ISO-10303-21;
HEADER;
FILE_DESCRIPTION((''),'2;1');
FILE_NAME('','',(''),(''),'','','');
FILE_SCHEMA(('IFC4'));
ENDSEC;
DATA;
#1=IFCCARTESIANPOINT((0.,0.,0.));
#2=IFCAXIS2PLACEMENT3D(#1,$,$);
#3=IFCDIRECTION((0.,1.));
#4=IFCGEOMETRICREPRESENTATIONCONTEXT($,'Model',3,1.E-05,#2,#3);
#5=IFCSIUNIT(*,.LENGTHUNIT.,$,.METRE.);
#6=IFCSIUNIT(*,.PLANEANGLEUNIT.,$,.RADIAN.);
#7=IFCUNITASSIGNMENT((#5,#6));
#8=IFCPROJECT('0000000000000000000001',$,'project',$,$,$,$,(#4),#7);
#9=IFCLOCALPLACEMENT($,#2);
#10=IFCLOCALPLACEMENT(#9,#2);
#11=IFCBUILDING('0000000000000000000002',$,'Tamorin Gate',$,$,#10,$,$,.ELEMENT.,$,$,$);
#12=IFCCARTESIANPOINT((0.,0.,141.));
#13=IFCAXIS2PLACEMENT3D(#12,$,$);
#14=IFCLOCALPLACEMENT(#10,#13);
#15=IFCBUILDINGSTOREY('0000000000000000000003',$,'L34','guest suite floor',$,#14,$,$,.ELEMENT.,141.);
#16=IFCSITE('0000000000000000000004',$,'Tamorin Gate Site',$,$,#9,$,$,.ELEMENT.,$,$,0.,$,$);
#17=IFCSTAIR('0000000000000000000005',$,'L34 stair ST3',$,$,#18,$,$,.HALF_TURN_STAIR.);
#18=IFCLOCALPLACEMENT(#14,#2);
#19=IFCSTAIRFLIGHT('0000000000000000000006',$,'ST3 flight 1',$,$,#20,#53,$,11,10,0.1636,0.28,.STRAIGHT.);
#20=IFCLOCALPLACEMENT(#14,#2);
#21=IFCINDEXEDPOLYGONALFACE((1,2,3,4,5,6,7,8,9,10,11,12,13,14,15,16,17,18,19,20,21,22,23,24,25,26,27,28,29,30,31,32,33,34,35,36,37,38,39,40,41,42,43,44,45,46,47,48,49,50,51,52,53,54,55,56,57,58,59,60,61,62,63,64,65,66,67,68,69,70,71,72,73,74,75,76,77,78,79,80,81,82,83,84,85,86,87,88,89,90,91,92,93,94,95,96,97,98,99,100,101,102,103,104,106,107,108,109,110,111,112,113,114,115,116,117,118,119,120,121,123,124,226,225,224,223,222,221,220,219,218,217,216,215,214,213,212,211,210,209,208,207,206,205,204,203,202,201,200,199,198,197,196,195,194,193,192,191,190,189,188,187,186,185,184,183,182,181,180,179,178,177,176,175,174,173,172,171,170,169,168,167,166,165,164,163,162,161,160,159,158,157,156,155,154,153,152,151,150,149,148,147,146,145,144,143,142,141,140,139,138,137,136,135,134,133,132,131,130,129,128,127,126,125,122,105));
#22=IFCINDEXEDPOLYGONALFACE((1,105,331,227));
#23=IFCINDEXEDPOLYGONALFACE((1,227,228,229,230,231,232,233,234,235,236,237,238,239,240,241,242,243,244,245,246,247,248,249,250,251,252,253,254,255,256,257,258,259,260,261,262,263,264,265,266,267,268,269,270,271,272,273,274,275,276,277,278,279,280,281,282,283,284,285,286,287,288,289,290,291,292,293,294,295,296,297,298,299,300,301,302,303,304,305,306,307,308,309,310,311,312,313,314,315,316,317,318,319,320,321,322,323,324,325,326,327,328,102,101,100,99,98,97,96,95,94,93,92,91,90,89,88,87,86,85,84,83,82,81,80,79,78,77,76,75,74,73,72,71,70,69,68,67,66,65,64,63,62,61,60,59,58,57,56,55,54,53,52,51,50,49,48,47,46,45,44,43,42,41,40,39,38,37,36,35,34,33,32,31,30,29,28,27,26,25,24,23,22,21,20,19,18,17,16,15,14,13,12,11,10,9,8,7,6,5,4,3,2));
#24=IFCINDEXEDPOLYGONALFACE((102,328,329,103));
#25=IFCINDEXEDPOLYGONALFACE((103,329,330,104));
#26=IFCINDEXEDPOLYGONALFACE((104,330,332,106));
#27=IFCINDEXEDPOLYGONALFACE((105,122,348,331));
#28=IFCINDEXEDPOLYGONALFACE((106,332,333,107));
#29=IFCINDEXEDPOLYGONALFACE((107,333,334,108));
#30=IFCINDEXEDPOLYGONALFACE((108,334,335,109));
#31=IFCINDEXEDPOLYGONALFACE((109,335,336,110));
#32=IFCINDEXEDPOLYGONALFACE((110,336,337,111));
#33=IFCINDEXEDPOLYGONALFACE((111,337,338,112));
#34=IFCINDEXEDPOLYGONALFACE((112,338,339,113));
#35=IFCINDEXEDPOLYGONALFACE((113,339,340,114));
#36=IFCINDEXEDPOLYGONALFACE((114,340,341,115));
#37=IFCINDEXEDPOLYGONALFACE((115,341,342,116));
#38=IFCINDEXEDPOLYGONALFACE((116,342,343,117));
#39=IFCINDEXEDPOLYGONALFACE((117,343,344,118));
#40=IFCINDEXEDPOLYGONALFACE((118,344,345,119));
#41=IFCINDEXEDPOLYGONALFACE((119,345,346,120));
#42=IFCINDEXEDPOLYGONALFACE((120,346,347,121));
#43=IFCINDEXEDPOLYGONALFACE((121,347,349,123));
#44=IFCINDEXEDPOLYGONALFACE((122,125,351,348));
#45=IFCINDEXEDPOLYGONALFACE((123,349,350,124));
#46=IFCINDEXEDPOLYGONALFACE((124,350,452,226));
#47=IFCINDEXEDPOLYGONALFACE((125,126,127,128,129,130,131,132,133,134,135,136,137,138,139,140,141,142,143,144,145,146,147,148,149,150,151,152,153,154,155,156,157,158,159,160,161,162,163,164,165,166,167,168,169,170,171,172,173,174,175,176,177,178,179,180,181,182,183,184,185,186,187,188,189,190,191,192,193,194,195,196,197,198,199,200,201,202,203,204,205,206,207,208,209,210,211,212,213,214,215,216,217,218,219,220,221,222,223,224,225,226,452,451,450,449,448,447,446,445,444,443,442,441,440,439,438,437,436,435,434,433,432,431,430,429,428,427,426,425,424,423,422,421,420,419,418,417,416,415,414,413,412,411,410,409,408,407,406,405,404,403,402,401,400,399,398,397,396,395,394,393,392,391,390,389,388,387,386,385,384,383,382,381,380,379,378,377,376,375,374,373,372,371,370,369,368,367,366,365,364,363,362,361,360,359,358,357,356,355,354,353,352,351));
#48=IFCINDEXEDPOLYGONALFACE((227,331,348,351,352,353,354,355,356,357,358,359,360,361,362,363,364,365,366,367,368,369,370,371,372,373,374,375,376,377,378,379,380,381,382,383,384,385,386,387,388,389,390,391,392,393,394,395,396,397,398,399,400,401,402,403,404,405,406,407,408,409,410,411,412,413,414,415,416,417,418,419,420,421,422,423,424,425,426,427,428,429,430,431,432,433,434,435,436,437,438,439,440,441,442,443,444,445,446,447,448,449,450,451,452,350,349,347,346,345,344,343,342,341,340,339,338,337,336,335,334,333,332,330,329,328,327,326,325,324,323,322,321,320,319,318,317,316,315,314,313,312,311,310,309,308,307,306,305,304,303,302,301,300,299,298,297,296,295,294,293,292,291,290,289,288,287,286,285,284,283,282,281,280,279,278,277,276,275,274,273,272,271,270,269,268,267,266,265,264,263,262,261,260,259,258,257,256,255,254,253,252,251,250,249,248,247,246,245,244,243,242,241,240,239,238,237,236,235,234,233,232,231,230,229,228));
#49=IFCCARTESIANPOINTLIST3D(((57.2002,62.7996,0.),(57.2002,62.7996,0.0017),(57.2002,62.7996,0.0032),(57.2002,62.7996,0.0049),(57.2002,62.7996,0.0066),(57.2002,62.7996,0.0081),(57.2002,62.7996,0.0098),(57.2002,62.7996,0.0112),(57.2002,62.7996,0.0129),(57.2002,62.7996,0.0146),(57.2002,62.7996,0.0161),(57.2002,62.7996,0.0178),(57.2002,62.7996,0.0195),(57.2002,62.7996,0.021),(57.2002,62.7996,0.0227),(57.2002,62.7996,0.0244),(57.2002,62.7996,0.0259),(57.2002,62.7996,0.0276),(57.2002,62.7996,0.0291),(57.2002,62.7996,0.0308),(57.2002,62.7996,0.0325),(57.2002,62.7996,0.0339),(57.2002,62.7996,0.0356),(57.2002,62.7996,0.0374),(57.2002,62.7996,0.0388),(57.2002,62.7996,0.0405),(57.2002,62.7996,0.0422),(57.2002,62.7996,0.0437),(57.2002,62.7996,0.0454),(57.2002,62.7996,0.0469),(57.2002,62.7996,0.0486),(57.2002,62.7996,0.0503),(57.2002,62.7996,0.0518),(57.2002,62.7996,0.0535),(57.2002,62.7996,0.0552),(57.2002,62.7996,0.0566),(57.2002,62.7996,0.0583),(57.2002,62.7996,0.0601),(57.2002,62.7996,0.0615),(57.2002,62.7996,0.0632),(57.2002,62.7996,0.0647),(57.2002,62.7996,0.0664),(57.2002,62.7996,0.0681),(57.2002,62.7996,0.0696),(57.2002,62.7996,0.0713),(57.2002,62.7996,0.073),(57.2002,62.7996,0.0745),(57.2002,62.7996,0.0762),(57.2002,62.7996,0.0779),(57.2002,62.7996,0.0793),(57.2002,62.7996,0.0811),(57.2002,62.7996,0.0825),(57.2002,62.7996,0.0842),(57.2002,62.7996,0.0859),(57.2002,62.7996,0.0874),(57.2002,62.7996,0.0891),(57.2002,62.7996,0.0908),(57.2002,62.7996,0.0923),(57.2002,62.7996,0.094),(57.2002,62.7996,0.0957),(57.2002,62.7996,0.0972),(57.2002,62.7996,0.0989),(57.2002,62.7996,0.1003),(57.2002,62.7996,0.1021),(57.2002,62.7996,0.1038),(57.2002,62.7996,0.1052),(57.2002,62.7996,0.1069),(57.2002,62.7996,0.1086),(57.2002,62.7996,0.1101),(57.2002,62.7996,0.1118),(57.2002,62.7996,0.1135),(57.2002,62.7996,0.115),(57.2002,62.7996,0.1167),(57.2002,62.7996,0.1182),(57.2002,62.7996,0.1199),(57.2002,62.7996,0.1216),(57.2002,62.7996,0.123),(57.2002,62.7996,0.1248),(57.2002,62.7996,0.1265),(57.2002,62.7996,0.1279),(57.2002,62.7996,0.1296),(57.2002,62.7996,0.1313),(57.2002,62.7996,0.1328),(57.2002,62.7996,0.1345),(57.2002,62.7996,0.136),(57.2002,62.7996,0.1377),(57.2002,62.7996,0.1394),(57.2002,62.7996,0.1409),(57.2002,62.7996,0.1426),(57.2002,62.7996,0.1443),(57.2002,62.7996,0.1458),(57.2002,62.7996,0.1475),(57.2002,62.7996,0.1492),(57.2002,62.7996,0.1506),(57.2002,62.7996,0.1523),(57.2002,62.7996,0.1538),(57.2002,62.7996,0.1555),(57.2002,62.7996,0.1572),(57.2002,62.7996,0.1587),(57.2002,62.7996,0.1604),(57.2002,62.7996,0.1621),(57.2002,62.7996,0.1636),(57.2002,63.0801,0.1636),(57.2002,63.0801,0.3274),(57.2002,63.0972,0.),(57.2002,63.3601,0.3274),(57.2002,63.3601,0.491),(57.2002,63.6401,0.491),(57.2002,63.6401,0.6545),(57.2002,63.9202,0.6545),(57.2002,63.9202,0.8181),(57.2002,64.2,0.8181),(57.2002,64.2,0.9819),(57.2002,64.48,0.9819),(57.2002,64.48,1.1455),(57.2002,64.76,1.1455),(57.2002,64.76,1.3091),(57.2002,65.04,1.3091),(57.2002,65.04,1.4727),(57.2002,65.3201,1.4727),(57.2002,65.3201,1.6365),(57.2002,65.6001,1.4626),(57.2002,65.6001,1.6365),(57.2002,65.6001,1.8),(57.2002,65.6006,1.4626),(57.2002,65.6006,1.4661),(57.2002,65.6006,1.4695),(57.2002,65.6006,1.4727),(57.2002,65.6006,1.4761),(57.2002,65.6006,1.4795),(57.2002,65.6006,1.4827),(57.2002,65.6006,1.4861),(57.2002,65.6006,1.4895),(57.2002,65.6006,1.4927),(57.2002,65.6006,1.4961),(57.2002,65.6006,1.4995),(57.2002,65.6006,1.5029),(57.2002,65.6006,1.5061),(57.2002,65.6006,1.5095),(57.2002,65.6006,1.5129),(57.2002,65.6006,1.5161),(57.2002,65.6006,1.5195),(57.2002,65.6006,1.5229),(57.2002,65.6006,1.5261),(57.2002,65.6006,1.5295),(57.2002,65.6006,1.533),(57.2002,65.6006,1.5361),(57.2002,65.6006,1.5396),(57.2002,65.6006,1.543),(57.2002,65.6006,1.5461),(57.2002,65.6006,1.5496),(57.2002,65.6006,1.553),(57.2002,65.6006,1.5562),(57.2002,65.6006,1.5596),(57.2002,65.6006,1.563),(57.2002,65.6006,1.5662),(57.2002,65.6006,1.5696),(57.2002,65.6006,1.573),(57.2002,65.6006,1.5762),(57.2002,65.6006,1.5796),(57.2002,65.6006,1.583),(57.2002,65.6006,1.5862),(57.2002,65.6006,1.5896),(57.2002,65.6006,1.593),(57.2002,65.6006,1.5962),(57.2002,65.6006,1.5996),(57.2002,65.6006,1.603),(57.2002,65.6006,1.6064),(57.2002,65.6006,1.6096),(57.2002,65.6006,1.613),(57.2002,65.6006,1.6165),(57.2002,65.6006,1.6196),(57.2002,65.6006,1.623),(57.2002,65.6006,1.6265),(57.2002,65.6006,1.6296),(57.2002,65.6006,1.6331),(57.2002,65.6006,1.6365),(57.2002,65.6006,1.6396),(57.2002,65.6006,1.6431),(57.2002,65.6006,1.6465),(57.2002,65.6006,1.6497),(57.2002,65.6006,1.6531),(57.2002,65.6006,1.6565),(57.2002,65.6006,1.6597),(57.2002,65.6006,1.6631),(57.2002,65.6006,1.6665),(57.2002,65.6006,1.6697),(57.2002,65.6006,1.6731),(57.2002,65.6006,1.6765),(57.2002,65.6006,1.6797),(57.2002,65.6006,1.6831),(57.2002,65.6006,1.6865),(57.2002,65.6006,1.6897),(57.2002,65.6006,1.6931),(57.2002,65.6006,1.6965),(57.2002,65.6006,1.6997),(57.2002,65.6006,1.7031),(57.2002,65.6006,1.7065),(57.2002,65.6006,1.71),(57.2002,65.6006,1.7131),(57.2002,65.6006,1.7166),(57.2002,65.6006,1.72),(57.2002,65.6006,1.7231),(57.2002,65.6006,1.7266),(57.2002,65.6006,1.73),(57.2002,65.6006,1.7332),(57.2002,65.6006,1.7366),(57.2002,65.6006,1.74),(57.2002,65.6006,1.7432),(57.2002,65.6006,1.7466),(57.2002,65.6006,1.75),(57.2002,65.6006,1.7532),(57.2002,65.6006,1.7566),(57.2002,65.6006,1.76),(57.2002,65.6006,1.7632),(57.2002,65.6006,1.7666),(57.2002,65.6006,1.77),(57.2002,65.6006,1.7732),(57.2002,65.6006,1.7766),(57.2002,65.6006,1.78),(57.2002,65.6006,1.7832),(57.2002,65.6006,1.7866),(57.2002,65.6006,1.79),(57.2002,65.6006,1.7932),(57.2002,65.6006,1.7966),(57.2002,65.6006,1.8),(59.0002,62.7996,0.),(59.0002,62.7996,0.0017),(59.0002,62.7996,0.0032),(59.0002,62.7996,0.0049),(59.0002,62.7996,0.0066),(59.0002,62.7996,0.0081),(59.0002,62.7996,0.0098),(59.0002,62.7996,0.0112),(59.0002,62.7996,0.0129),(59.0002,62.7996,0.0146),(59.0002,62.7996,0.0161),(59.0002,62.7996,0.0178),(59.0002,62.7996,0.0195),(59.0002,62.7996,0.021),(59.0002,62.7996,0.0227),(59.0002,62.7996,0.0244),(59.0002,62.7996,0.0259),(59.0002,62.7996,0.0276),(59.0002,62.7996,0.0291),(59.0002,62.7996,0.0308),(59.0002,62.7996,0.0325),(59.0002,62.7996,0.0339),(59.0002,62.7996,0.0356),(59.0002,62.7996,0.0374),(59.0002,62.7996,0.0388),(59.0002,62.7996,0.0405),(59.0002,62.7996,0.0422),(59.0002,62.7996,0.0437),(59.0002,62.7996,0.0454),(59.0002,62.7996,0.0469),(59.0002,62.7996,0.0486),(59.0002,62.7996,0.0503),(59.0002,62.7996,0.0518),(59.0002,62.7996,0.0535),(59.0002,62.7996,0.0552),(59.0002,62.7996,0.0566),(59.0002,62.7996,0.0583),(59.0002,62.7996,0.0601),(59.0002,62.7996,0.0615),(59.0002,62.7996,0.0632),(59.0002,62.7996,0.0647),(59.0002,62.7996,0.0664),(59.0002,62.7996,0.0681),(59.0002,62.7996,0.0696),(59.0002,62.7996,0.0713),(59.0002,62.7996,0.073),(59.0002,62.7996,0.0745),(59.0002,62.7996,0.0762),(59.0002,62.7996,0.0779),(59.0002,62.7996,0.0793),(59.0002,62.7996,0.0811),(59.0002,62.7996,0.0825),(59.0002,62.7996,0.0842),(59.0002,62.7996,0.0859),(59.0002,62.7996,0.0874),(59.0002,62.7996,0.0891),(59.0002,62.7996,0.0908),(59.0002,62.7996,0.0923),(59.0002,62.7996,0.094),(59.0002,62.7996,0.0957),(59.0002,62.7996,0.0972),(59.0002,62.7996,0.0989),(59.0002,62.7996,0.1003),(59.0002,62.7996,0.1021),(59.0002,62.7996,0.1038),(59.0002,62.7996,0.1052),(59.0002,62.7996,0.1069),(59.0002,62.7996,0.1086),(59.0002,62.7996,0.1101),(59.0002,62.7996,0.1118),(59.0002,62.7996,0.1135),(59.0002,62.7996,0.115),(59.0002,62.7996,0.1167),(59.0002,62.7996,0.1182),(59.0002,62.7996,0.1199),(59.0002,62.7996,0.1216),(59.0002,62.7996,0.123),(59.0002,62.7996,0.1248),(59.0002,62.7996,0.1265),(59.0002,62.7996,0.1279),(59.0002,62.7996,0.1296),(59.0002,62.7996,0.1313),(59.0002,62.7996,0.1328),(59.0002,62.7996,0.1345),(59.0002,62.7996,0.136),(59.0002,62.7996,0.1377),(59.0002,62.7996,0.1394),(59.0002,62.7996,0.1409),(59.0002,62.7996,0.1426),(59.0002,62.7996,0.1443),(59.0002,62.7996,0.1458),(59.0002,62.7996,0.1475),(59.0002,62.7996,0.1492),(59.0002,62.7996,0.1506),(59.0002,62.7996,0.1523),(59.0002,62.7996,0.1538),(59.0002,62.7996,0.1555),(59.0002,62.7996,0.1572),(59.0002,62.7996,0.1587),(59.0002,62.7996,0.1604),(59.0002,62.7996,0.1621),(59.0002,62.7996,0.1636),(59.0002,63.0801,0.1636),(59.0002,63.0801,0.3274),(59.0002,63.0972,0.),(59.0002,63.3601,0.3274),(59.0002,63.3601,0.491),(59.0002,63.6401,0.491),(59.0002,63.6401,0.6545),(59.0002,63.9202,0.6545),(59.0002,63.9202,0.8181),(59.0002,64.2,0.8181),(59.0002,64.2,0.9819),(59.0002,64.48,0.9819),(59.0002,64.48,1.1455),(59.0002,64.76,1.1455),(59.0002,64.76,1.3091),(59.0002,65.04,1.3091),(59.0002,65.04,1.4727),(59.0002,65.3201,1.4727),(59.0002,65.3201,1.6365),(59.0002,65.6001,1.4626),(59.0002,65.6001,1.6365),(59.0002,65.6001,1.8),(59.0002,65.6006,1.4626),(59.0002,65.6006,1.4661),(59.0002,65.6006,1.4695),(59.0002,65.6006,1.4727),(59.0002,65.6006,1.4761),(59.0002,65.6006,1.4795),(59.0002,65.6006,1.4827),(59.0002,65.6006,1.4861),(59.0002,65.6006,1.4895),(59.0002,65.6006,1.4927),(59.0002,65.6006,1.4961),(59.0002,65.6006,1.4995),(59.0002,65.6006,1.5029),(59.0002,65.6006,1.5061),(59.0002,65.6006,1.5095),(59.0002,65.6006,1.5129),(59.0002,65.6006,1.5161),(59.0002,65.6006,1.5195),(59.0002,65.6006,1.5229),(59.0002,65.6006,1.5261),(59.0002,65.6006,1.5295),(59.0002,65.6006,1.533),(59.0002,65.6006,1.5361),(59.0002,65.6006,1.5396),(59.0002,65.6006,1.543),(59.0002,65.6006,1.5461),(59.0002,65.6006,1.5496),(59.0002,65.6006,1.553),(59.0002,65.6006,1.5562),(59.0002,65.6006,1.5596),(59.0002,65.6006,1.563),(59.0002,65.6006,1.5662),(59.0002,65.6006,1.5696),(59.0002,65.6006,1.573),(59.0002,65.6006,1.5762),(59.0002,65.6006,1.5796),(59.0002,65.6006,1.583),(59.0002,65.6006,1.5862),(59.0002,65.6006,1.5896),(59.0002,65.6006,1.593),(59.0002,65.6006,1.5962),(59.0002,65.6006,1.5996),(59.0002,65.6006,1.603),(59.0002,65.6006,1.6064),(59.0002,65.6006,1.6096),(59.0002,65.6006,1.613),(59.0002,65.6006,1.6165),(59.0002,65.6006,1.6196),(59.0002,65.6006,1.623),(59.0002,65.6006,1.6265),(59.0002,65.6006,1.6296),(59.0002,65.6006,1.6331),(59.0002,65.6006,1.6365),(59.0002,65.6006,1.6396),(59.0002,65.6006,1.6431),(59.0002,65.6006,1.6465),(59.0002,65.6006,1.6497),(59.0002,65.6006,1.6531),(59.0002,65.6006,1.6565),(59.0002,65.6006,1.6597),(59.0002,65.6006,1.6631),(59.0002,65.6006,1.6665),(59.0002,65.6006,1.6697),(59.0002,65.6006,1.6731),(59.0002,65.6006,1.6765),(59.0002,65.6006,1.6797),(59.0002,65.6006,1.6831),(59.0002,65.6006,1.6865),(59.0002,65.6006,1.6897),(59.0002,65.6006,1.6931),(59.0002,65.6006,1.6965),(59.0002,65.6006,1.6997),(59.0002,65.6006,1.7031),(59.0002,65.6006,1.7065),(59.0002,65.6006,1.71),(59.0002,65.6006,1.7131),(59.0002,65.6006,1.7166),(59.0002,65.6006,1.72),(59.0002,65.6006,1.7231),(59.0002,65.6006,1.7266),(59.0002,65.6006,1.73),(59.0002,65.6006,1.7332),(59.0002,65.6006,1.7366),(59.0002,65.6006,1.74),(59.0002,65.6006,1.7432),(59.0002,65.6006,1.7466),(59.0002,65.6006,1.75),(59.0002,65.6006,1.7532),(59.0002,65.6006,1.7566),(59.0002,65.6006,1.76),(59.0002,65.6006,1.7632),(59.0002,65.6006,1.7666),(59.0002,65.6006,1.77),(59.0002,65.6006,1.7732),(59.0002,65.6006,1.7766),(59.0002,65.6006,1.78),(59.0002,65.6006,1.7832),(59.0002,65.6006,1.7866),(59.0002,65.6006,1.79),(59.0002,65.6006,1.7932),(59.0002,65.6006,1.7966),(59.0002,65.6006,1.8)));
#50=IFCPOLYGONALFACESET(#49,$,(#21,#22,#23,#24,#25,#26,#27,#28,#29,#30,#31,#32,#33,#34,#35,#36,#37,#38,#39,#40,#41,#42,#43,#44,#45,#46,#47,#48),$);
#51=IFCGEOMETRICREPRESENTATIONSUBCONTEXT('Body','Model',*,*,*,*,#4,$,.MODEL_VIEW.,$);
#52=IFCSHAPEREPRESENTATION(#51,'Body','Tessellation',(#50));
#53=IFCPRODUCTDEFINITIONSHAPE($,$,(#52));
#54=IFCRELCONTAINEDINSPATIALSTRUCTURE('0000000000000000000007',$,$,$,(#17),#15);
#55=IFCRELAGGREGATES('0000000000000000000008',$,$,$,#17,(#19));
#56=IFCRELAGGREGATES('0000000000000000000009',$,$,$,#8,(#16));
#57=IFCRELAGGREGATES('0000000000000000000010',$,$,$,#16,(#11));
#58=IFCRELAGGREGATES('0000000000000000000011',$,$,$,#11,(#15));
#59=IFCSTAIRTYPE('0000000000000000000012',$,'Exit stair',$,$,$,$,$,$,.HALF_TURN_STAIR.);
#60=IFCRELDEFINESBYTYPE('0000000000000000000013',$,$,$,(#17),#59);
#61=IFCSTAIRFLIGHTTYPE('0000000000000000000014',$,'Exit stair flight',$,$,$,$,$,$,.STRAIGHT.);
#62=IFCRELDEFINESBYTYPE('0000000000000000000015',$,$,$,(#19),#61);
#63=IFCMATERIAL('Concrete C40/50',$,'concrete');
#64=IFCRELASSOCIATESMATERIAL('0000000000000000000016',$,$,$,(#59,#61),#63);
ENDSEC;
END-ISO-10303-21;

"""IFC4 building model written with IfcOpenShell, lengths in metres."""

from ifc_helpers import new_model, si_unit, direction, frame, origin, place, context, subcontext, project, spatial, polyline, outline, extrude, material, type_object, element, aggregate, save


model = new_model("IFC4")

# Units and contexts
model_context = context("Model", 3, precision=1e-05, world=origin(), true_north=direction((0.0, 1.0)))
body_context = subcontext(model_context, "Body", "Model", "MODEL_VIEW")
ifc_project = project(units=[si_unit("LENGTHUNIT", "METRE"), si_unit("PLANEANGLEUNIT", "RADIAN")], contexts=[model_context])

# Site, building, storey
site_placement = place(None, origin())
site = spatial("IfcSite", under=ifc_project, at=site_placement, Name="Tamorin Gate Site", CompositionType="ELEMENT", RefElevation=0.0)
building_placement = place(site_placement, origin())
building = spatial("IfcBuilding", under=site, at=building_placement, Name="Tamorin Gate", CompositionType="ELEMENT")
storey_placement = place(building_placement, frame((0.0, 0.0, 141.0)))
storey = spatial("IfcBuildingStorey", under=building, at=storey_placement, Name="L34", Description="guest suite floor", CompositionType="ELEMENT", Elevation=141.0)

# Stair, stair flight
ifc_material_1 = material(Name="Concrete C40/50", Category="concrete")
stair_type = type_object("IfcStairType", Name="Exit stair", PredefinedType="HALF_TURN_STAIR", material=ifc_material_1)
stair_placement = place(storey_placement, origin())
stair = element("IfcStair", 1, at=stair_placement, inside=storey, type_object=stair_type, Name="L34 stair ST3", PredefinedType="HALF_TURN_STAIR")
stair_flight_type = type_object("IfcStairFlightType", Name="Exit stair flight", PredefinedType="STRAIGHT", material=ifc_material_1)
stair_flight_placement = place(storey_placement, frame((58.1001, 62.8, 0.0), z_axis=(0.0, 0.0, 1.0), x_axis=(0.0, 1.0, 0.0)))
stair_flight = element("IfcStairFlight", 2, at=stair_flight_placement, type_object=stair_flight_type, Name="ST3 flight 1", NumberOfRisers=11, NumberOfTreads=10, PredefinedType="STRAIGHT", RiserHeight=0.1636, TreadLength=0.28, context=body_context, shape_type="SweptSolid", body=[
    extrude(outline(polyline([(-0.0005, 0.0), (-0.0005, 0.0017), (-0.0005, 0.0032), (-0.0005, 0.0049), (-0.0005, 0.0066), (-0.0005, 0.0081), (-0.0005, 0.0098), (-0.0005, 0.0112), (-0.0005, 0.0129), (-0.0005, 0.0146), (-0.0005, 0.0161), (-0.0005, 0.0178), (-0.0005, 0.0195), (-0.0005, 0.021), (-0.0005, 0.0227), (-0.0005, 0.0244), (-0.0005, 0.0259), (-0.0005, 0.0276), (-0.0005, 0.0291), (-0.0005, 0.0308), (-0.0005, 0.0325), (-0.0005, 0.0339), (-0.0005, 0.0356), (-0.0005, 0.0374), (-0.0005, 0.0388), (-0.0005, 0.0405), (-0.0005, 0.0422), (-0.0005, 0.0437), (-0.0005, 0.0454), (-0.0005, 0.0469), (-0.0005, 0.0486), (-0.0005, 0.0503), (-0.0005, 0.0518), (-0.0005, 0.0535), (-0.0005, 0.0552), (-0.0005, 0.0566), (-0.0005, 0.0583), (-0.0005, 0.0601), (-0.0005, 0.0615), (-0.0005, 0.0632), (-0.0005, 0.0647), (-0.0005, 0.0664), (-0.0005, 0.0681), (-0.0005, 0.0696), (-0.0005, 0.0713), (-0.0005, 0.073), (-0.0005, 0.0745), (-0.0005, 0.0762), (-0.0005, 0.0779), (-0.0005, 0.0793), (-0.0005, 0.0811), (-0.0005, 0.0825), (-0.0005, 0.0842), (-0.0005, 0.0859), (-0.0005, 0.0874), (-0.0005, 0.0891), (-0.0005, 0.0908), (-0.0005, 0.0923), (-0.0005, 0.094), (-0.0005, 0.0957), (-0.0005, 0.0972), (-0.0005, 0.0989), (-0.0005, 0.1003), (-0.0005, 0.1021), (-0.0005, 0.1038), (-0.0005, 0.1052), (-0.0005, 0.1069), (-0.0005, 0.1086), (-0.0005, 0.1101), (-0.0005, 0.1118), (-0.0005, 0.1135), (-0.0005, 0.115), (-0.0005, 0.1167), (-0.0005, 0.1182), (-0.0005, 0.1199), (-0.0005, 0.1216), (-0.0005, 0.123), (-0.0005, 0.1248), (-0.0005, 0.1265), (-0.0005, 0.1279), (-0.0005, 0.1296), (-0.0005, 0.1313), (-0.0005, 0.1328), (-0.0005, 0.1345), (-0.0005, 0.136), (-0.0005, 0.1377), (-0.0005, 0.1394), (-0.0005, 0.1409), (-0.0005, 0.1426), (-0.0005, 0.1443), (-0.0005, 0.1458), (-0.0005, 0.1475), (-0.0005, 0.1492), (-0.0005, 0.1506), (-0.0005, 0.1523), (-0.0005, 0.1538), (-0.0005, 0.1555), (-0.0005, 0.1572), (-0.0005, 0.1587), (-0.0005, 0.1604), (-0.0005, 0.1621), (-0.0005, 0.1636), (0.28, 0.1636), (0.28, 0.3274), (0.5601, 0.3274), (0.5601, 0.491), (0.8401, 0.491), (0.8401, 0.6545), (1.1201, 0.6545), (1.1201, 0.8181), (1.3999, 0.8181), (1.3999, 0.9819), (1.6799, 0.9819), (1.6799, 1.1455), (1.96, 1.1455), (1.96, 1.3091), (2.24, 1.3091), (2.24, 1.4727), (2.52, 1.4727), (2.52, 1.6365), (2.8, 1.6365), (2.8, 1.8), (2.8005, 1.8), (2.8005, 1.7966), (2.8005, 1.7932), (2.8005, 1.79), (2.8005, 1.7866), (2.8005, 1.7832), (2.8005, 1.78), (2.8005, 1.7766), (2.8005, 1.7732), (2.8005, 1.77), (2.8005, 1.7666), (2.8005, 1.7632), (2.8005, 1.76), (2.8005, 1.7566), (2.8005, 1.7532), (2.8005, 1.75), (2.8005, 1.7466), (2.8005, 1.7432), (2.8005, 1.74), (2.8005, 1.7366), (2.8005, 1.7332), (2.8005, 1.73), (2.8005, 1.7266), (2.8005, 1.7231), (2.8005, 1.72), (2.8005, 1.7166), (2.8005, 1.7131), (2.8005, 1.71), (2.8005, 1.7065), (2.8005, 1.7031), (2.8005, 1.6997), (2.8005, 1.6965), (2.8005, 1.6931), (2.8005, 1.6897), (2.8005, 1.6865), (2.8005, 1.6831), (2.8005, 1.6797), (2.8005, 1.6765), (2.8005, 1.6731), (2.8005, 1.6697), (2.8005, 1.6665), (2.8005, 1.6631), (2.8005, 1.6597), (2.8005, 1.6565), (2.8005, 1.6531), (2.8005, 1.6497), (2.8005, 1.6465), (2.8005, 1.6431), (2.8005, 1.6396), (2.8005, 1.6365), (2.8005, 1.6331), (2.8005, 1.6296), (2.8005, 1.6265), (2.8005, 1.623), (2.8005, 1.6196), (2.8005, 1.6165), (2.8005, 1.613), (2.8005, 1.6096), (2.8005, 1.6064), (2.8005, 1.603), (2.8005, 1.5996), (2.8005, 1.5962), (2.8005, 1.593), (2.8005, 1.5896), (2.8005, 1.5862), (2.8005, 1.583), (2.8005, 1.5796), (2.8005, 1.5762), (2.8005, 1.573), (2.8005, 1.5696), (2.8005, 1.5662), (2.8005, 1.563), (2.8005, 1.5596), (2.8005, 1.5562), (2.8005, 1.553), (2.8005, 1.5496), (2.8005, 1.5461), (2.8005, 1.543), (2.8005, 1.5396), (2.8005, 1.5361), (2.8005, 1.533), (2.8005, 1.5295), (2.8005, 1.5261), (2.8005, 1.5229), (2.8005, 1.5195), (2.8005, 1.5161), (2.8005, 1.5129), (2.8005, 1.5095), (2.8005, 1.5061), (2.8005, 1.5029), (2.8005, 1.4995), (2.8005, 1.4961), (2.8005, 1.4927), (2.8005, 1.4895), (2.8005, 1.4861), (2.8005, 1.4827), (2.8005, 1.4795), (2.8005, 1.4761), (2.8005, 1.4727), (2.8005, 1.4695), (2.8005, 1.4661), (2.8005, 1.4626), (2.8, 1.4626), (0.2971, 0.0), (-0.0005, 0.0)])), frame((0.0, 0.8999, 0.0), z_axis=(0.0, -1.0, 0.0), x_axis=(1.0, 0.0, 0.0)), (0.0, 0.0, 1.0), 1.8),
])
aggregate(stair, [stair_flight])

save(model, "model.ifc")
